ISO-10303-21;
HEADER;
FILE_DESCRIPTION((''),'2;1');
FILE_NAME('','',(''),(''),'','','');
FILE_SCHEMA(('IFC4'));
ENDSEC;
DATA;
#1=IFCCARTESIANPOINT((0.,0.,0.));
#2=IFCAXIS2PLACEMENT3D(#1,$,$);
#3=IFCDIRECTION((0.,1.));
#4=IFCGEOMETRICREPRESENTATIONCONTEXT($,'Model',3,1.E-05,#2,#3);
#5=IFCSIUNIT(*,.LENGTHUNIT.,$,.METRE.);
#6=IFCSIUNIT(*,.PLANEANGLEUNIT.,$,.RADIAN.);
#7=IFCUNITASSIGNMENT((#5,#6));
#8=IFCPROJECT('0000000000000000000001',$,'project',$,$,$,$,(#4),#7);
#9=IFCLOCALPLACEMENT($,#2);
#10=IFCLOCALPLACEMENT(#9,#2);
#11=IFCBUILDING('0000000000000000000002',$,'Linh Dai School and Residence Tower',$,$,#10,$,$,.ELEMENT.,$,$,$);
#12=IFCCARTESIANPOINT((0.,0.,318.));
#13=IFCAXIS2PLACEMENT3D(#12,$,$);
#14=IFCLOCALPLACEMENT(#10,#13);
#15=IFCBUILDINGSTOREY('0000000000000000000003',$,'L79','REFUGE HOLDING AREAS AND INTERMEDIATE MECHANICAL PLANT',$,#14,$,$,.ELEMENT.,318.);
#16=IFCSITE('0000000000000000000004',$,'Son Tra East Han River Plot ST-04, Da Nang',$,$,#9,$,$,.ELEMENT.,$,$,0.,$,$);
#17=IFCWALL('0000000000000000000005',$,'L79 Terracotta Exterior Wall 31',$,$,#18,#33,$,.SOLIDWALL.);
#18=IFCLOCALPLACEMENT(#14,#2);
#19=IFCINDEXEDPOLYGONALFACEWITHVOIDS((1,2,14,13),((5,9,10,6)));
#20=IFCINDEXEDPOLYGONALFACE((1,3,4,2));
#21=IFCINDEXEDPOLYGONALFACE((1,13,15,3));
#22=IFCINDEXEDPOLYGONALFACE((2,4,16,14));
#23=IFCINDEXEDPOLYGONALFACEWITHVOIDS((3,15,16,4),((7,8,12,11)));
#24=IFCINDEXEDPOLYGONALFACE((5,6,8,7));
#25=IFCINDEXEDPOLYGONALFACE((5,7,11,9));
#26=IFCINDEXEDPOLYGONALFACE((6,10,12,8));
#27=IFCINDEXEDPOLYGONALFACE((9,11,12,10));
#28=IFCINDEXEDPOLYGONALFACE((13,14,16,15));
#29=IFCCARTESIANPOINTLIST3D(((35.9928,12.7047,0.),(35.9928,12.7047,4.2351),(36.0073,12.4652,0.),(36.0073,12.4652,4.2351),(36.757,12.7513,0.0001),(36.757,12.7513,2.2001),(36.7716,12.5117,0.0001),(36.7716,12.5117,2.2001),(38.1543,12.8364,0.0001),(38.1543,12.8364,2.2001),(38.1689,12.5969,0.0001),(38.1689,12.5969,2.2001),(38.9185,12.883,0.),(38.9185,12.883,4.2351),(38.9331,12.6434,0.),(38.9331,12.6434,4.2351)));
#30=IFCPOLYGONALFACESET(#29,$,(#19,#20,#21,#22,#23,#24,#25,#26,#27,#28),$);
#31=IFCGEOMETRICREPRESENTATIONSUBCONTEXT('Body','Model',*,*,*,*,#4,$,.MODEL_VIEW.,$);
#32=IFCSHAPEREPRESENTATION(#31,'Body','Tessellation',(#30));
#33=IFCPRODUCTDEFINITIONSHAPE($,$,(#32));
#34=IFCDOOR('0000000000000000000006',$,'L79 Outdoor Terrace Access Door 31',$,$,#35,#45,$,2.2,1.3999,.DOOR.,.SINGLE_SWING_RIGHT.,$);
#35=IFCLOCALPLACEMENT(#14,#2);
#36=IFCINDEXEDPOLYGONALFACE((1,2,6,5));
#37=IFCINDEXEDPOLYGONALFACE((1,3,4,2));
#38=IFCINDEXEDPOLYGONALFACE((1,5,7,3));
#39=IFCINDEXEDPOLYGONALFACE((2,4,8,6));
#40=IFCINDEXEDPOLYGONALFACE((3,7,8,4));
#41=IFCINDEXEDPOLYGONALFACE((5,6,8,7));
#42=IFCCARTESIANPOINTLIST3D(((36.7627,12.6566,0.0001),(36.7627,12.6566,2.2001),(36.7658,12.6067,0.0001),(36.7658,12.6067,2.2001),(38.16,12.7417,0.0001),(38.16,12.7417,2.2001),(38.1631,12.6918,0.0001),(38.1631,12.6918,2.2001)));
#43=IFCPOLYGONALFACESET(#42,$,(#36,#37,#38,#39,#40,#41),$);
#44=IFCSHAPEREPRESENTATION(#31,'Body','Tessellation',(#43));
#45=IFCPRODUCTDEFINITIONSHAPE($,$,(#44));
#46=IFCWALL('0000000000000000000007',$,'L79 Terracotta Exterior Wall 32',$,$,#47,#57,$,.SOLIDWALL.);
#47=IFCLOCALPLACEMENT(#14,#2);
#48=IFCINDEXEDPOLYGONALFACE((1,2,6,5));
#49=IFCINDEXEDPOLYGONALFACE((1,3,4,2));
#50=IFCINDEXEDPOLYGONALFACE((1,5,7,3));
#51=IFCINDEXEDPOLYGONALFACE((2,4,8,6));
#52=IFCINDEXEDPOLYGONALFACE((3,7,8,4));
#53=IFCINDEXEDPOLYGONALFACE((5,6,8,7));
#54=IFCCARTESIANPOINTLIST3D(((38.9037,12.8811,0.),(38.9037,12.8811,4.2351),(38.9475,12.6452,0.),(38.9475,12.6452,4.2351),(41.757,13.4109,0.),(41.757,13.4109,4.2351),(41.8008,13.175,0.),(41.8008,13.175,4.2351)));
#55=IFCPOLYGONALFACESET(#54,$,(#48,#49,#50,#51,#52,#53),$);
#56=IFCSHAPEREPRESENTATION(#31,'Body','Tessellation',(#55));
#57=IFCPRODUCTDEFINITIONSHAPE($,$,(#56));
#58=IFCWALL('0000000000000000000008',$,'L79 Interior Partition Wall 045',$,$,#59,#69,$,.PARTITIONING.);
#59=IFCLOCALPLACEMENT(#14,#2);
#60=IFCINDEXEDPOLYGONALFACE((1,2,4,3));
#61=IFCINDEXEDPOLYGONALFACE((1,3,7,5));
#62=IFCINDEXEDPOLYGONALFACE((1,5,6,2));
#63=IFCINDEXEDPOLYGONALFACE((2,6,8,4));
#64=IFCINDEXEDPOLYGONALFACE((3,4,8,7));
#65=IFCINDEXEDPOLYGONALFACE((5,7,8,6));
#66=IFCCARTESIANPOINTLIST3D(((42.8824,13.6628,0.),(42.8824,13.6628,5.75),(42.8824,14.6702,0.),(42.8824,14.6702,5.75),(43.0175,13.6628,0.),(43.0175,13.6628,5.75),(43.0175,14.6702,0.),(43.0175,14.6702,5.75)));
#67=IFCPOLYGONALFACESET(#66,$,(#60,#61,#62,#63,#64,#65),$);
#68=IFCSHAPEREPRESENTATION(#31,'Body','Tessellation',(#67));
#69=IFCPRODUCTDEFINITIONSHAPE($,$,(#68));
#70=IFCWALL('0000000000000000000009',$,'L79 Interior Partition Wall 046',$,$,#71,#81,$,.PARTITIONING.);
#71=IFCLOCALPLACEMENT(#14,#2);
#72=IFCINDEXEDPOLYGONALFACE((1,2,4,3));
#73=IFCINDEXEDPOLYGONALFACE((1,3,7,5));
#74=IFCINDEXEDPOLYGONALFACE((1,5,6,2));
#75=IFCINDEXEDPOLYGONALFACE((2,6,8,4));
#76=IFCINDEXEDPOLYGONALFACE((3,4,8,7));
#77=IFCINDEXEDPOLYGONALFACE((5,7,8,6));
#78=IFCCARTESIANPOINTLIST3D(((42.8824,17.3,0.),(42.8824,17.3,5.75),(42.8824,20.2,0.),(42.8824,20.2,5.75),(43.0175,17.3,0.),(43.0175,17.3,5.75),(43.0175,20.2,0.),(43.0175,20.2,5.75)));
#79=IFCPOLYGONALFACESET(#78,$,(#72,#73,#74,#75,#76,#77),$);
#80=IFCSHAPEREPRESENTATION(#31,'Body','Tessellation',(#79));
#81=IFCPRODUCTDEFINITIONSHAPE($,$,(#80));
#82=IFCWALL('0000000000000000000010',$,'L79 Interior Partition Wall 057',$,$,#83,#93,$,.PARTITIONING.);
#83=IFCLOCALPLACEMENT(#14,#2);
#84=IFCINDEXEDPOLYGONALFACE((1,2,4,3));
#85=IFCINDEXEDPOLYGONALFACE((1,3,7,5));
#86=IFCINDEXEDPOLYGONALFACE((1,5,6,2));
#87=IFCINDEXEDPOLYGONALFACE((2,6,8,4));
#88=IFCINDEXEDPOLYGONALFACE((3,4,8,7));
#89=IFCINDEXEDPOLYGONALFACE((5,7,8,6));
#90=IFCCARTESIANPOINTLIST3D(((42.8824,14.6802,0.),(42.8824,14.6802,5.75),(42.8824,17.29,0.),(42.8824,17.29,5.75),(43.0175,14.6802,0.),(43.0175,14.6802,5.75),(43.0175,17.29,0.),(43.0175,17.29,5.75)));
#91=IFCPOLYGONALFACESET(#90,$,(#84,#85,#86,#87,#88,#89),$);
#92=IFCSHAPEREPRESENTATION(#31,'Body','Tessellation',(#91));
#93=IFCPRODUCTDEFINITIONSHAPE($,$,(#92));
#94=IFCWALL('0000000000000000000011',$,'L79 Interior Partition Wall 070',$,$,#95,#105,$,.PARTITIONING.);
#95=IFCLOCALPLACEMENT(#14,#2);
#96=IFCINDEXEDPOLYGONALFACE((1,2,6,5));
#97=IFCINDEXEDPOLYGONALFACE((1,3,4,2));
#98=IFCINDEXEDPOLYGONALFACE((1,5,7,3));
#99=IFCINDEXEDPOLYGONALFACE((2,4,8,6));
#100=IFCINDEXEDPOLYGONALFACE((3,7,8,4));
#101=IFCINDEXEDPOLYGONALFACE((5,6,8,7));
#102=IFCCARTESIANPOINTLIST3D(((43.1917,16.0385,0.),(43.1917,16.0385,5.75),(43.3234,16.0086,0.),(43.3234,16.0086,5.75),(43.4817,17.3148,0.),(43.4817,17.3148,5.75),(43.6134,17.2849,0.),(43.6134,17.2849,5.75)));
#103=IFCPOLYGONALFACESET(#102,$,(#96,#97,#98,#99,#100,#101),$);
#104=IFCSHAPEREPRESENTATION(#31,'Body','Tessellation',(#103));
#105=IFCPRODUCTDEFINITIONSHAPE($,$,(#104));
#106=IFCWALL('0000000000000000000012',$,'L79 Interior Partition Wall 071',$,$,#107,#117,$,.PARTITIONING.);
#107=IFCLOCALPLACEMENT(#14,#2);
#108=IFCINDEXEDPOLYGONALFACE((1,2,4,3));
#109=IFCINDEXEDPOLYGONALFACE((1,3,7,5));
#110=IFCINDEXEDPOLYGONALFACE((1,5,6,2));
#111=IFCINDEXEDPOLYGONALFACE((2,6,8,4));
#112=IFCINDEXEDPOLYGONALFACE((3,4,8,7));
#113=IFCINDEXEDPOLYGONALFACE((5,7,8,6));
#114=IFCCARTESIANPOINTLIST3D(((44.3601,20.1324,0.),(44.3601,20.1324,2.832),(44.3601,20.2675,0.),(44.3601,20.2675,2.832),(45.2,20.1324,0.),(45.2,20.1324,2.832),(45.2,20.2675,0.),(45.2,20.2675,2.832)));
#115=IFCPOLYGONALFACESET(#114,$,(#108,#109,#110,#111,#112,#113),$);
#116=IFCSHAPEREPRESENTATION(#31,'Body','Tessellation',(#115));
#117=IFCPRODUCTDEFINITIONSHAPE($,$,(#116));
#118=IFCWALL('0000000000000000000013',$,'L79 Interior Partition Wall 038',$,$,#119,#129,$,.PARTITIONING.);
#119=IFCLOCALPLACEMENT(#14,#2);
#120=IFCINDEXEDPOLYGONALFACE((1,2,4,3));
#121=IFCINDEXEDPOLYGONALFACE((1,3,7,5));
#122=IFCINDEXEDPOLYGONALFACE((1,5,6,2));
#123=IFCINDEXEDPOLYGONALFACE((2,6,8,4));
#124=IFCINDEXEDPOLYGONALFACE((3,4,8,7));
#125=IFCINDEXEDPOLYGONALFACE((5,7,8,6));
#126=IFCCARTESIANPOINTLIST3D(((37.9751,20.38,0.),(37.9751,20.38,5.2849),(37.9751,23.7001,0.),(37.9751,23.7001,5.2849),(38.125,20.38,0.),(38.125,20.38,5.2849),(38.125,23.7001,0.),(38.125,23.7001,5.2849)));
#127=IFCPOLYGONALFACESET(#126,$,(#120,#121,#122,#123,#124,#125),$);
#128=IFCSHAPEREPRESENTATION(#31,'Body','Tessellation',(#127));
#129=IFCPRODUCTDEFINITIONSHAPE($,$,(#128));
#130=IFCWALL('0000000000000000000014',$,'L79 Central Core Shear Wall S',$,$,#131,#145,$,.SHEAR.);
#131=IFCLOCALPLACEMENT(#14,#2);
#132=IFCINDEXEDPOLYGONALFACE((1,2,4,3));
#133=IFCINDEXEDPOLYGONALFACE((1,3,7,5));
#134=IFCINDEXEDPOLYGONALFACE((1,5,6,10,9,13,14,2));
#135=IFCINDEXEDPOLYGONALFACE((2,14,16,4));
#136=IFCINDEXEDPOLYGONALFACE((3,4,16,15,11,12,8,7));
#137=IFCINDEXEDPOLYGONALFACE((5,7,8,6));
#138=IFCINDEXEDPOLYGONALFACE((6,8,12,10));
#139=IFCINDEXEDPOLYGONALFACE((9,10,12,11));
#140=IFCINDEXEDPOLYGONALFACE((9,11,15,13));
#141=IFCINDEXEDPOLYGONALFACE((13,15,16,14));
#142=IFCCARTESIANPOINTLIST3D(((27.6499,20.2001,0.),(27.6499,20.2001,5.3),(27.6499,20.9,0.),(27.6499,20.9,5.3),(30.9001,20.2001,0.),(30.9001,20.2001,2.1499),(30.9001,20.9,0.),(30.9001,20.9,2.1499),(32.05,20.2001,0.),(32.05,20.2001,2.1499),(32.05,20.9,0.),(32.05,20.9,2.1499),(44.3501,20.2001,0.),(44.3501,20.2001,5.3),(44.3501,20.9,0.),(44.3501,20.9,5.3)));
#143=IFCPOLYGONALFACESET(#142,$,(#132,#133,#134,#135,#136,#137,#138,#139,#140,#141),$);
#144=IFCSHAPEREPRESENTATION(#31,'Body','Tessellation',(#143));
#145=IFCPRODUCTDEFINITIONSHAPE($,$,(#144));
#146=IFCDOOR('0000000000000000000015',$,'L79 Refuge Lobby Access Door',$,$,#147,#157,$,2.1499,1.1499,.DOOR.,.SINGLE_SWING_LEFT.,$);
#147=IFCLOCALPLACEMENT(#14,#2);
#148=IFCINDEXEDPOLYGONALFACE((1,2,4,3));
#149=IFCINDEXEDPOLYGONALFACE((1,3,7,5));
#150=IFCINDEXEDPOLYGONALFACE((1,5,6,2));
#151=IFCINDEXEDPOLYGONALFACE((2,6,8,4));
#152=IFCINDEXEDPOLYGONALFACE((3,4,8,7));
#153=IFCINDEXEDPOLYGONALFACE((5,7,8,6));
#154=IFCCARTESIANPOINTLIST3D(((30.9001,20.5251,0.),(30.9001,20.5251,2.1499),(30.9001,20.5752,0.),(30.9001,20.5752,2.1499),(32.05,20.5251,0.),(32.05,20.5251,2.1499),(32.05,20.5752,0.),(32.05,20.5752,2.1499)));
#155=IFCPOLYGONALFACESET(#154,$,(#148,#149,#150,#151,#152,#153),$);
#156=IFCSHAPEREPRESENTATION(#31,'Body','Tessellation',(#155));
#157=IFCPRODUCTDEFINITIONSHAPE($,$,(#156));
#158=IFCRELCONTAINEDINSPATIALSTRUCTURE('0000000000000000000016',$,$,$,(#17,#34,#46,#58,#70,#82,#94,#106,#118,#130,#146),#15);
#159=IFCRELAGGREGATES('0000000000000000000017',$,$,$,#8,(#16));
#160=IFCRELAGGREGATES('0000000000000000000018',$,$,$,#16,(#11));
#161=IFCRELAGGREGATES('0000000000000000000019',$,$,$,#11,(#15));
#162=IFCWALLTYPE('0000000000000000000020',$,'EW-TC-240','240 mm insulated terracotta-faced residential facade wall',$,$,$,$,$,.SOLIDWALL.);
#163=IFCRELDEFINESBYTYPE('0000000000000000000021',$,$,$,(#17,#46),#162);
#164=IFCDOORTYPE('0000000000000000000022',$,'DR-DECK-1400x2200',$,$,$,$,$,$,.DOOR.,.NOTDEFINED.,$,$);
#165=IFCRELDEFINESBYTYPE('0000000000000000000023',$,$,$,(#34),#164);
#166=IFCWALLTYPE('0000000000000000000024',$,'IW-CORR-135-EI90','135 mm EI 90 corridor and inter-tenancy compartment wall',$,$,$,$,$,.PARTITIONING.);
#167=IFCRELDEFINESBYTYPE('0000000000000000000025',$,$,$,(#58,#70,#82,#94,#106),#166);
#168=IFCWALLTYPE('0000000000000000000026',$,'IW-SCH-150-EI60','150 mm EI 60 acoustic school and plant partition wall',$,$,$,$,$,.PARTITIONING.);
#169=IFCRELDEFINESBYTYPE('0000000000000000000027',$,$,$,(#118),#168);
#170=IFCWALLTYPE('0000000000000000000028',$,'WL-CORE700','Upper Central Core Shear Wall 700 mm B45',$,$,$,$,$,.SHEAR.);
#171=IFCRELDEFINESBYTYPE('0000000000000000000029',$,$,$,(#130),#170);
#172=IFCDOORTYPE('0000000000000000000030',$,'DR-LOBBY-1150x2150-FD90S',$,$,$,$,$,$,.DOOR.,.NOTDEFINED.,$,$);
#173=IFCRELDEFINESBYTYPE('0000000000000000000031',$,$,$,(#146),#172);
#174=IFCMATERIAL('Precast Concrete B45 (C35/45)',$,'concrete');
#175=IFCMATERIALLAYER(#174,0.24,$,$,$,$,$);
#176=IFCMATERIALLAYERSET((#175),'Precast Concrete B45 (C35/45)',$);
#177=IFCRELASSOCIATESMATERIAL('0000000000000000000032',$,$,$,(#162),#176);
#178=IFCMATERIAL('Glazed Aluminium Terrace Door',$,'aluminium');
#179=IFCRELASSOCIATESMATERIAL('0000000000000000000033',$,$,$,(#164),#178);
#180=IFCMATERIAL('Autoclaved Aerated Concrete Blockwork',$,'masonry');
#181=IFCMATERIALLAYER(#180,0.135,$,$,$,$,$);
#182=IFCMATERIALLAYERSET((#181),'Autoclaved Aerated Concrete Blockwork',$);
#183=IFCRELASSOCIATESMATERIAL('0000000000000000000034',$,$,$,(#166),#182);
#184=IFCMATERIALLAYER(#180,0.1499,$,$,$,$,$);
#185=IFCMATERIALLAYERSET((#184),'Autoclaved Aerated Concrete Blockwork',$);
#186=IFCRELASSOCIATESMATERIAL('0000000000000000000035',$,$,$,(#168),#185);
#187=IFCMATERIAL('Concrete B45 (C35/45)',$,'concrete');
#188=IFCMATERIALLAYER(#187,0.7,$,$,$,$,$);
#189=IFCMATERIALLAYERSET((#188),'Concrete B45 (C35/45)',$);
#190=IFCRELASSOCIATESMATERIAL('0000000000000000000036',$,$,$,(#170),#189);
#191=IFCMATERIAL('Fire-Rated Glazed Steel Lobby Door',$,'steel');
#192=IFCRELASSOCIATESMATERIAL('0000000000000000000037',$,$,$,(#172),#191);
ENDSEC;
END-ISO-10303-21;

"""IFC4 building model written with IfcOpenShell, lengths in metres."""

from ifc_helpers import new_model, si_unit, direction, frame, frame_2d, origin, origin_2d, place, context, subcontext, project, spatial, rectangle, extrude, source, transform, mapped, material, layer, layer_set, type_object, element, fill, save


model = new_model("IFC4")

# Units and contexts
model_context = context("Model", 3, precision=1e-05, world=origin(), true_north=direction((0.0, 1.0)))
body_context = subcontext(model_context, "Body", "Model", "MODEL_VIEW")
ifc_project = project(units=[si_unit("LENGTHUNIT", "METRE"), si_unit("PLANEANGLEUNIT", "RADIAN")], contexts=[model_context])

# Site, building, storey
site_placement = place(None, origin())
site = spatial("IfcSite", under=ifc_project, at=site_placement, Name="Son Tra East Han River Plot ST-04, Da Nang", CompositionType="ELEMENT", RefElevation=0.0)
building_placement = place(site_placement, origin())
building = spatial("IfcBuilding", under=site, at=building_placement, Name="Linh Dai School and Residence Tower", CompositionType="ELEMENT")
storey_placement = place(building_placement, frame((0.0, 0.0, 318.0)))
storey = spatial("IfcBuildingStorey", under=building, at=storey_placement, Name="L79", Description="REFUGE HOLDING AREAS AND INTERMEDIATE MECHANICAL PLANT", CompositionType="ELEMENT", Elevation=318.0)

# Wall, opening, door
ifc_material_1 = material(Name="Precast Concrete B45 (C35/45)", Category="concrete")
ifc_layer_1 = layer(ifc_material_1, 0.24)
ifc_layer_set_1 = layer_set([ifc_layer_1], Name="Precast Concrete B45 (C35/45)")
wall_type_1 = type_object("IfcWallType", Name="EW-TC-240", Description="240 mm insulated terracotta-faced residential facade wall", PredefinedType="SOLIDWALL", material=ifc_layer_set_1)
ifc_material_2 = material(Name="Glazed Aluminium Terrace Door", Category="aluminium")
door_type_1 = type_object("IfcDoorType", Name="DR-DECK-1400x2200", OperationType="NOTDEFINED", PredefinedType="DOOR", material=ifc_material_2)
shared_shape_1 = source(origin(), body_context, "Body", "SweptSolid", [
    extrude(rectangle(XDim=1.3999, YDim=2.2, at=origin_2d()), frame((0.7, 0.0249, 1.1001), z_axis=(0.0, -1.0, 0.0), x_axis=(1.0, 0.0, 0.0)), (0.0, 0.0, 1.0), 0.05),
])
wall_1_placement = place(storey_placement, frame((38.9258, 12.7632, 0.0), z_axis=(0.0, 0.0, 1.0), x_axis=(-0.99815, -0.060802, 0.0)))
wall_1 = element("IfcWall", 1, at=wall_1_placement, inside=storey, type_object=wall_type_1, Name="L79 Terracotta Exterior Wall 31", PredefinedType="SOLIDWALL", context=body_context, shape_type="SweptSolid", body=[
    extrude(rectangle(XDim=2.9312, YDim=0.24, at=frame_2d((1.4656, 0.0))), origin(), (0.0, 0.0, 1.0), 4.2351),
])
opening_1_placement = place(wall_1_placement, frame((0.7656, 0.0, 0.0)))
opening_1 = element("IfcOpeningElement", 2, at=opening_1_placement, cuts=wall_1, PredefinedType="OPENING", context=body_context, shape_type="SweptSolid", body=[
    extrude(rectangle(XDim=1.3999, YDim=2.2, at=origin_2d()), frame((0.7, 0.1299, 1.1001), z_axis=(0.0, -1.0, 0.0), x_axis=(1.0, 0.0, 0.0)), (0.0, 0.0, 1.0), 0.26),
])
door_1_placement = place(opening_1_placement, origin())
door_1 = element("IfcDoor", 3, at=door_1_placement, inside=storey, type_object=door_type_1, Name="L79 Outdoor Terrace Access Door 31", OperationType="SINGLE_SWING_RIGHT", OverallHeight=2.2, OverallWidth=1.3999, PredefinedType="DOOR", context=body_context, shape_type="MappedRepresentation", body=[
    mapped(shared_shape_1, transform((0.0, 0.0, 0.0), x_axis=(1.0, 0.0, 0.0), y_axis=(0.0, 1.0, 0.0), z_axis=(0.0, 0.0, 1.0), scale=1.0)),
])
fill(opening_1, door_1)

# Walls
wall_2_placement = place(storey_placement, frame((41.7791, 13.293, 0.0), z_axis=(0.0, 0.0, 1.0), x_axis=(-0.983195, -0.182556, 0.0)))
element("IfcWall", 4, at=wall_2_placement, inside=storey, type_object=wall_type_1, Name="L79 Terracotta Exterior Wall 32", PredefinedType="SOLIDWALL", context=body_context, shape_type="SweptSolid", body=[
    extrude(rectangle(XDim=2.9021, YDim=0.24, at=frame_2d((1.4512, 0.0))), origin(), (0.0, 0.0, 1.0), 4.2351),
])
ifc_material_3 = material(Name="Autoclaved Aerated Concrete Blockwork", Category="masonry")
ifc_layer_2 = layer(ifc_material_3, 0.135)
ifc_layer_set_2 = layer_set([ifc_layer_2], Name="Autoclaved Aerated Concrete Blockwork")
wall_type_2 = type_object("IfcWallType", Name="IW-CORR-135-EI90", Description="135 mm EI 90 corridor and inter-tenancy compartment wall", PredefinedType="PARTITIONING", material=ifc_layer_set_2)
wall_3_placement = place(storey_placement, frame((42.95, 13.6628, 0.0), z_axis=(0.0, 0.0, 1.0), x_axis=(0.0, 1.0, 0.0)))
element("IfcWall", 5, at=wall_3_placement, inside=storey, type_object=wall_type_2, Name="L79 Interior Partition Wall 045", PredefinedType="PARTITIONING", context=body_context, shape_type="SweptSolid", body=[
    extrude(rectangle(XDim=1.0073, YDim=0.135, at=frame_2d((0.5037, 0.0))), origin(), (0.0, 0.0, 1.0), 5.75),
])
wall_4_placement = place(storey_placement, frame((42.95, 17.3, 0.0), z_axis=(0.0, 0.0, 1.0), x_axis=(0.0, 1.0, 0.0)))
element("IfcWall", 6, at=wall_4_placement, inside=storey, type_object=wall_type_2, Name="L79 Interior Partition Wall 046", PredefinedType="PARTITIONING", context=body_context, shape_type="SweptSolid", body=[
    extrude(rectangle(XDim=2.8999, YDim=0.135, at=frame_2d((1.45, 0.0))), origin(), (0.0, 0.0, 1.0), 5.75),
])
wall_5_placement = place(storey_placement, frame((42.95, 17.29, 0.0), z_axis=(0.0, 0.0, 1.0), x_axis=(0.0, -1.0, 0.0)))
element("IfcWall", 7, at=wall_5_placement, inside=storey, type_object=wall_type_2, Name="L79 Interior Partition Wall 057", PredefinedType="PARTITIONING", context=body_context, shape_type="SweptSolid", body=[
    extrude(rectangle(XDim=2.6099, YDim=0.135, at=frame_2d((1.3049, 0.0))), origin(), (0.0, 0.0, 1.0), 5.75),
])
wall_6_placement = place(storey_placement, frame((43.2576, 16.0237, 0.0), z_axis=(0.0, 0.0, 1.0), x_axis=(0.221589, 0.97514, 0.0)))
element("IfcWall", 8, at=wall_6_placement, inside=storey, type_object=wall_type_2, Name="L79 Interior Partition Wall 070", PredefinedType="PARTITIONING", context=body_context, shape_type="SweptSolid", body=[
    extrude(rectangle(XDim=1.3088, YDim=0.135, at=frame_2d((0.6543, 0.0))), origin(), (0.0, 0.0, 1.0), 5.75),
])
wall_7_placement = place(storey_placement, frame((44.3601, 20.2, 0.0), z_axis=(0.0, 0.0, 1.0), x_axis=(1.0, 0.0, 0.0)))
element("IfcWall", 9, at=wall_7_placement, inside=storey, type_object=wall_type_2, Name="L79 Interior Partition Wall 071", PredefinedType="PARTITIONING", context=body_context, shape_type="SweptSolid", body=[
    extrude(rectangle(XDim=0.8398, YDim=0.135, at=frame_2d((0.4199, 0.0))), origin(), (0.0, 0.0, 1.0), 2.832),
])
ifc_layer_3 = layer(ifc_material_3, 0.1499)
ifc_layer_set_3 = layer_set([ifc_layer_3], Name="Autoclaved Aerated Concrete Blockwork")
wall_type_3 = type_object("IfcWallType", Name="IW-SCH-150-EI60", Description="150 mm EI 60 acoustic school and plant partition wall", PredefinedType="PARTITIONING", material=ifc_layer_set_3)
wall_8_placement = place(storey_placement, frame((38.05, 20.3799, 0.0), z_axis=(0.0, 0.0, 1.0), x_axis=(0.0, 1.0, 0.0)))
element("IfcWall", 10, at=wall_8_placement, inside=storey, type_object=wall_type_3, Name="L79 Interior Partition Wall 038", PredefinedType="PARTITIONING", context=body_context, shape_type="SweptSolid", body=[
    extrude(rectangle(XDim=3.3201, YDim=0.1499, at=frame_2d((1.6602, 0.0))), origin(), (0.0, 0.0, 1.0), 5.2849),
])

# Wall, opening, door
ifc_material_4 = material(Name="Concrete B45 (C35/45)", Category="concrete")
ifc_layer_4 = layer(ifc_material_4, 0.7)
ifc_layer_set_4 = layer_set([ifc_layer_4], Name="Concrete B45 (C35/45)")
wall_type_4 = type_object("IfcWallType", Name="WL-CORE700", Description="Upper Central Core Shear Wall 700 mm B45", PredefinedType="SHEAR", material=ifc_layer_set_4)
wall_9_placement = place(storey_placement, frame((44.3501, 20.55, 0.0), z_axis=(0.0, 0.0, 1.0), x_axis=(-1.0, 0.0, 0.0)))
wall_9 = element("IfcWall", 11, at=wall_9_placement, inside=storey, type_object=wall_type_4, Name="L79 Central Core Shear Wall S", PredefinedType="SHEAR", context=body_context, shape_type="SweptSolid", body=[
    extrude(rectangle(XDim=16.7002, YDim=0.7, at=frame_2d((8.3501, 0.0))), origin(), (0.0, 0.0, 1.0), 5.3),
])
opening_2_placement = place(wall_9_placement, frame((12.3, 0.0, 0.0)))
opening_2 = element("IfcOpeningElement", 12, at=opening_2_placement, cuts=wall_9, PredefinedType="OPENING", context=body_context, shape_type="SweptSolid", body=[
    extrude(rectangle(XDim=1.1499, YDim=2.1499, at=origin_2d()), frame((0.575, 0.3599, 1.075), z_axis=(0.0, -1.0, 0.0), x_axis=(1.0, 0.0, 0.0)), (0.0, 0.0, 1.0), 0.72),
])
ifc_material_5 = material(Name="Fire-Rated Glazed Steel Lobby Door", Category="steel")
door_type_2 = type_object("IfcDoorType", Name="DR-LOBBY-1150x2150-FD90S", OperationType="NOTDEFINED", PredefinedType="DOOR", material=ifc_material_5)
shared_shape_2 = source(origin(), body_context, "Body", "SweptSolid", [
    extrude(rectangle(XDim=1.1499, YDim=2.1499, at=origin_2d()), frame((0.575, 0.0249, 1.075), z_axis=(0.0, -1.0, 0.0), x_axis=(1.0, 0.0, 0.0)), (0.0, 0.0, 1.0), 0.05),
])
door_2_placement = place(opening_2_placement, origin())
door_2 = element("IfcDoor", 13, at=door_2_placement, inside=storey, type_object=door_type_2, Name="L79 Refuge Lobby Access Door", OperationType="SINGLE_SWING_LEFT", OverallHeight=2.1499, OverallWidth=1.1499, PredefinedType="DOOR", context=body_context, shape_type="MappedRepresentation", body=[
    mapped(shared_shape_2, transform((0.0, 0.0, 0.0), x_axis=(1.0, 0.0, 0.0), y_axis=(0.0, 1.0, 0.0), z_axis=(0.0, 0.0, 1.0), scale=1.0)),
])
fill(opening_2, door_2)

save(model, "model.ifc")
